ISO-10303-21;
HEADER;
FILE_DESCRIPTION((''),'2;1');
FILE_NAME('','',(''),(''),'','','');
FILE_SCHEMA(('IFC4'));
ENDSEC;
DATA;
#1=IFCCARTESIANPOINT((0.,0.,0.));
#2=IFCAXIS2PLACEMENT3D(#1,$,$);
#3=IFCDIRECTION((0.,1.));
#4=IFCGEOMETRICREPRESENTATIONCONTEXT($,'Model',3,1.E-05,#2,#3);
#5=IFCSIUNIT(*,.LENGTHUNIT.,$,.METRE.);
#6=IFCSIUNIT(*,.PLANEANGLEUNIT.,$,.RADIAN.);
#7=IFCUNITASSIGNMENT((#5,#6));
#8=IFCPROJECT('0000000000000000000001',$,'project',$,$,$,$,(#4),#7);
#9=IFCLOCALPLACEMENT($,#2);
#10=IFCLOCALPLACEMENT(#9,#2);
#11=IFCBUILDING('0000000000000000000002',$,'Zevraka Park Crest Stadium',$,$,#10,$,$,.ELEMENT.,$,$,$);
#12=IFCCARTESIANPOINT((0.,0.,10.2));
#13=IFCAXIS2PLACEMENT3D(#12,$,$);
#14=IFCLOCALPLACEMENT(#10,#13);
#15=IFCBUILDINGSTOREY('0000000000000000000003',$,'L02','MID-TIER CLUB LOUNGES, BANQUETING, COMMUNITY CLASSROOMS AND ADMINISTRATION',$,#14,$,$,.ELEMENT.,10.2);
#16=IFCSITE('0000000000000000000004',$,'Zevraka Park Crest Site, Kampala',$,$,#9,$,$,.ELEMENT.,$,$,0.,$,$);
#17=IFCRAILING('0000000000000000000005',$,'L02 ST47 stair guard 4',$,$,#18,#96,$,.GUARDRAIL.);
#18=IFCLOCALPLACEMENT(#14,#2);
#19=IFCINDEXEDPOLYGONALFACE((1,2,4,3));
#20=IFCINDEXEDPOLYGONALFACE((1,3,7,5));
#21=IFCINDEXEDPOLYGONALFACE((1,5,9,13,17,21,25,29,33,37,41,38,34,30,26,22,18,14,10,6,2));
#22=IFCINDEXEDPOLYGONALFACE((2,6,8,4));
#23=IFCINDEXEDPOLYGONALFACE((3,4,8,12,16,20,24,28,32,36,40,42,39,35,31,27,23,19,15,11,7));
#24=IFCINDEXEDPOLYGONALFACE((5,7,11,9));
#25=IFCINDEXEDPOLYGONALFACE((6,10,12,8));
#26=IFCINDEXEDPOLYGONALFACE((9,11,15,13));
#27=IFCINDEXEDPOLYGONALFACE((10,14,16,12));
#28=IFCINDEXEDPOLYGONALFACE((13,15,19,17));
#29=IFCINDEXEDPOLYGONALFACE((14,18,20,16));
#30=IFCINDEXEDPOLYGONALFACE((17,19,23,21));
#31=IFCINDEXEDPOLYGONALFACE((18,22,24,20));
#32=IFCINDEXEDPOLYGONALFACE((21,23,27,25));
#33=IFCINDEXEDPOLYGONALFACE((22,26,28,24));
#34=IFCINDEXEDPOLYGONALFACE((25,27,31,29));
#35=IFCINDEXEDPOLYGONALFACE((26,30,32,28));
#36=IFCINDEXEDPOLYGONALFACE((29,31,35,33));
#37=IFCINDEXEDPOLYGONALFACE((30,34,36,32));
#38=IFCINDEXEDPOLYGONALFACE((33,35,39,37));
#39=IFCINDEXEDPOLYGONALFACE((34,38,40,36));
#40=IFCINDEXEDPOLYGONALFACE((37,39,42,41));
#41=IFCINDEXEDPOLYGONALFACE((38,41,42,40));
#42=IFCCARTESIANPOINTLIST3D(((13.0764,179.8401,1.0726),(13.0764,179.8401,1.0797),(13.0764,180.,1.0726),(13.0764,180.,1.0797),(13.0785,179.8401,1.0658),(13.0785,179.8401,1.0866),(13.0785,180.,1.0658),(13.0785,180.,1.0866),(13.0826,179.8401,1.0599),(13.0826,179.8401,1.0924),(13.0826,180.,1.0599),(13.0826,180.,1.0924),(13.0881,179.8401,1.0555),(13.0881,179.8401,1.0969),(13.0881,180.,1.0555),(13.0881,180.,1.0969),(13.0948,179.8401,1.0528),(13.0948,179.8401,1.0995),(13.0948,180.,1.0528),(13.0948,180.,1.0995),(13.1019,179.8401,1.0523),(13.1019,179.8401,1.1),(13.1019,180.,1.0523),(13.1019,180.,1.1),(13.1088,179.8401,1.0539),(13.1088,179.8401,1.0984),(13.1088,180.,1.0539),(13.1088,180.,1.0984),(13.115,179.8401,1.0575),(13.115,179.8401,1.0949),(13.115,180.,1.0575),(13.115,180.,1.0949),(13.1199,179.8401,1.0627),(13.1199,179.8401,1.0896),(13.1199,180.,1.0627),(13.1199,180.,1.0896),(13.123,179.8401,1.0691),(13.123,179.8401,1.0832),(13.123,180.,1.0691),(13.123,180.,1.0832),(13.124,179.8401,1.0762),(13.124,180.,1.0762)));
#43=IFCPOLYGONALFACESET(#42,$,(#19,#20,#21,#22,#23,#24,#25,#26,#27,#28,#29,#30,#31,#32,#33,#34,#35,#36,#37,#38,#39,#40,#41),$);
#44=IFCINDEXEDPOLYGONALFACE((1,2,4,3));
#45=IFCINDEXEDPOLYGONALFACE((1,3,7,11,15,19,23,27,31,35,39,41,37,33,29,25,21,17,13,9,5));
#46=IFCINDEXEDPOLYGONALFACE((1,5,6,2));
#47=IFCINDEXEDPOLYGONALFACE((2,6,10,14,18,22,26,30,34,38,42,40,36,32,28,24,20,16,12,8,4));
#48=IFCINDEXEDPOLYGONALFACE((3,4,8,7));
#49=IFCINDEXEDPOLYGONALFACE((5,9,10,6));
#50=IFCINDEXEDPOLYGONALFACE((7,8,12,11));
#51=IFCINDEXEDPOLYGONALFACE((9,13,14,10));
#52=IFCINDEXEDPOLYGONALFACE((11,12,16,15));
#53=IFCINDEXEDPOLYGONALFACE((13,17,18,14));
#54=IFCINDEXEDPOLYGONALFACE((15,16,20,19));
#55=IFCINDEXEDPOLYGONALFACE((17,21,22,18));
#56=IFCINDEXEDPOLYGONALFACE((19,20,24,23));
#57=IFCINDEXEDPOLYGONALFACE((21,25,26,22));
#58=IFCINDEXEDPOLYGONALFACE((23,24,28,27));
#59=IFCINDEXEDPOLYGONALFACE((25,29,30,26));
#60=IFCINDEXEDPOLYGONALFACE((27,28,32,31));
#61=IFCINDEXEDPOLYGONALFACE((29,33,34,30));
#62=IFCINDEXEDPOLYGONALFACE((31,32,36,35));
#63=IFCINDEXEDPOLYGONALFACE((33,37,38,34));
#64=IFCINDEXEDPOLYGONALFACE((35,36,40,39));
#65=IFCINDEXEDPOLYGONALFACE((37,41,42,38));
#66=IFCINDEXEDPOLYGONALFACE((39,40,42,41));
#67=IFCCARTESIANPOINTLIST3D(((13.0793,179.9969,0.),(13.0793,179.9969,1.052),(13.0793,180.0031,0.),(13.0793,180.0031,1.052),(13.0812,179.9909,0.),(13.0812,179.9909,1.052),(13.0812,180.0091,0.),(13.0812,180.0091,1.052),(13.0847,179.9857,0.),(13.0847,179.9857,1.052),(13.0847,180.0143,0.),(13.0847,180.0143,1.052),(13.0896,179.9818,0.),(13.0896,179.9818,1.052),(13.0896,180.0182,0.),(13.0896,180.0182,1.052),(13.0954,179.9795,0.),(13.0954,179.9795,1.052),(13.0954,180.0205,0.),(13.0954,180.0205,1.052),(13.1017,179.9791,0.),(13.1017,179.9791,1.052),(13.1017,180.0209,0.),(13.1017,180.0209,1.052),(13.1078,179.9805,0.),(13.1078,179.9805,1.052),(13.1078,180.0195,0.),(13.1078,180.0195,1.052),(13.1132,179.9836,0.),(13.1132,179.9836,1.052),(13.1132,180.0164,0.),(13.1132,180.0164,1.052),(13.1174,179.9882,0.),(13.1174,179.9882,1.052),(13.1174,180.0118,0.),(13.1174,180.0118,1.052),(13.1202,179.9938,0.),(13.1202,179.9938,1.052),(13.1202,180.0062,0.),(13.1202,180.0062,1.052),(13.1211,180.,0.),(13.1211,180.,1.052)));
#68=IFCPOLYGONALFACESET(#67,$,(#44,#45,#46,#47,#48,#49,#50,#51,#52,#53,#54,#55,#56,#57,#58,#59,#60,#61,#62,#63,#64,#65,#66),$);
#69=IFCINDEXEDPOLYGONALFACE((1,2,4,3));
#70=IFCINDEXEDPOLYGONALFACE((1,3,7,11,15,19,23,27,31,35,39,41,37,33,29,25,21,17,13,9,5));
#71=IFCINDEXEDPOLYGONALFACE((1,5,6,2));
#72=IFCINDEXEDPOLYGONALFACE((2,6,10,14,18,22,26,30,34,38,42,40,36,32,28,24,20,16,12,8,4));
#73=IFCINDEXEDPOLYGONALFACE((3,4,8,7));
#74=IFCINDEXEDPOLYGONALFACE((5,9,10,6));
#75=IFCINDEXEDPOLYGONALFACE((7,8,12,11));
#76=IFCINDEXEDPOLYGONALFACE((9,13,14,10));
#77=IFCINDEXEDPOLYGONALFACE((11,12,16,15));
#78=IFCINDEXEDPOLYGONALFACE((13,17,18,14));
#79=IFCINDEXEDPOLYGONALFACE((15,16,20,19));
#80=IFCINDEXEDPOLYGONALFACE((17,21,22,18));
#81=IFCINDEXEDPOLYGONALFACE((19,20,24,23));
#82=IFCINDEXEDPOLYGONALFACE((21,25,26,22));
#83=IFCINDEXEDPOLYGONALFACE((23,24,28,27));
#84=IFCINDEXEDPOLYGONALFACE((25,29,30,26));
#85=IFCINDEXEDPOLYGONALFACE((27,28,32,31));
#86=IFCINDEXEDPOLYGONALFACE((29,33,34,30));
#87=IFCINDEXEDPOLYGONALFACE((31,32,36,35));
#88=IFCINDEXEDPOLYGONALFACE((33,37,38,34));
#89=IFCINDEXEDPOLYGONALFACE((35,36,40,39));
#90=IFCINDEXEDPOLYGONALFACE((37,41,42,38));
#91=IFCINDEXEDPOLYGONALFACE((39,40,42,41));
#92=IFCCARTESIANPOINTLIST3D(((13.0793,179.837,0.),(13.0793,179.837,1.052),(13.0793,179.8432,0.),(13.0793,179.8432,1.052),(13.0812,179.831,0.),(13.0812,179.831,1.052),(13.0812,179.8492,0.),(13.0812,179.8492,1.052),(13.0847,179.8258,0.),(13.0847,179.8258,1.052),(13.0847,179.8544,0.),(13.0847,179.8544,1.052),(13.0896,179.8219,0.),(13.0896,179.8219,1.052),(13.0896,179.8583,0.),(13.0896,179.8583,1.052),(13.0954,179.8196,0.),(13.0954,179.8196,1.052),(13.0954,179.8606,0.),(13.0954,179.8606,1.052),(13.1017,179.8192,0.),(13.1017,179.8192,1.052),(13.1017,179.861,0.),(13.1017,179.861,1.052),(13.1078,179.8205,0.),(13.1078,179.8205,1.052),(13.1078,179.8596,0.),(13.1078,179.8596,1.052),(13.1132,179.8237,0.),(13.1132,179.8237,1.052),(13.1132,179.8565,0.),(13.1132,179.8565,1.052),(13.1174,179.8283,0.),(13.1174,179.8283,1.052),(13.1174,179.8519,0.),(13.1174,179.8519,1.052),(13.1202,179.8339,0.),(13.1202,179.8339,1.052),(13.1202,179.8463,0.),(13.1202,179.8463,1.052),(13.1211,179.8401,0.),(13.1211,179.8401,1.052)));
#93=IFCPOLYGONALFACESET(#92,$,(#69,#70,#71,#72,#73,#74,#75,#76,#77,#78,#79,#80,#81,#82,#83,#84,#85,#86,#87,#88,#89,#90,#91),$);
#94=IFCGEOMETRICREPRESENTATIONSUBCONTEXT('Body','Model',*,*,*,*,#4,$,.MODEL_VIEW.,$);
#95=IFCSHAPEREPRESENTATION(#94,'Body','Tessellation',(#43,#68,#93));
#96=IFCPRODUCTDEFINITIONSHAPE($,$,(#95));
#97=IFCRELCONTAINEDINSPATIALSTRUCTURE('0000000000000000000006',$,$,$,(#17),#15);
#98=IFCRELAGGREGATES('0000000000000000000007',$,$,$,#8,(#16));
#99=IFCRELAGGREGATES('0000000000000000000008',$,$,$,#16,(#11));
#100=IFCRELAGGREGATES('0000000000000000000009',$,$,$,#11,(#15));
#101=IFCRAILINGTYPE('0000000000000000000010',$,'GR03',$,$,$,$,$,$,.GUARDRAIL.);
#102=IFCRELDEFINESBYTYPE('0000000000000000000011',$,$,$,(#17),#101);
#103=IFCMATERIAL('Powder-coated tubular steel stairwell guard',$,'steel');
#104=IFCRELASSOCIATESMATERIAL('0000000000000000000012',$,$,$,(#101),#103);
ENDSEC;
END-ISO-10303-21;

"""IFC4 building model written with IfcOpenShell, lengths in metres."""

from ifc_helpers import new_model, si_unit, direction, frame, origin, origin_2d, place, context, subcontext, project, spatial, circle, extrude, material, type_object, element, save


model = new_model("IFC4")

# Units and contexts
model_context = context("Model", 3, precision=1e-05, world=origin(), true_north=direction((0.0, 1.0)))
body_context = subcontext(model_context, "Body", "Model", "MODEL_VIEW")
ifc_project = project(units=[si_unit("LENGTHUNIT", "METRE"), si_unit("PLANEANGLEUNIT", "RADIAN")], contexts=[model_context])

# Site, building, storey
site_placement = place(None, origin())
site = spatial("IfcSite", under=ifc_project, at=site_placement, Name="Zevraka Park Crest Site, Kampala", CompositionType="ELEMENT", RefElevation=0.0)
building_placement = place(site_placement, origin())
building = spatial("IfcBuilding", under=site, at=building_placement, Name="Zevraka Park Crest Stadium", CompositionType="ELEMENT")
storey_placement = place(building_placement, frame((0.0, 0.0, 10.2)))
storey = spatial("IfcBuildingStorey", under=building, at=storey_placement, Name="L02", Description="MID-TIER CLUB LOUNGES, BANQUETING, COMMUNITY CLASSROOMS AND ADMINISTRATION", CompositionType="ELEMENT", Elevation=10.2)

# Railing
ifc_material_1 = material(Name="Powder-coated tubular steel stairwell guard", Category="steel")
railing_type_1 = type_object("IfcRailingType", Name="GR03", PredefinedType="GUARDRAIL", material=ifc_material_1)
railing_1_placement = place(storey_placement, frame((13.1001, 180.0, 0.0)))
element("IfcRailing", 1, at=railing_1_placement, inside=storey, type_object=railing_type_1, Name="L02 ST47 stair guard 4", PredefinedType="GUARDRAIL", context=body_context, shape_type="SweptSolid", body=[
    extrude(circle(Radius=0.0239, at=origin_2d()), frame((0.0, 0.0, 1.0762), z_axis=(0.0, -1.0, 0.0), x_axis=(1.0, 0.0, 0.0)), (0.0, 0.0, 1.0), 0.1599),
    extrude(circle(Radius=0.021, at=origin_2d()), origin(), (0.0, 0.0, 1.0), 1.052),
    extrude(circle(Radius=0.021, at=origin_2d()), frame((0.0, -0.1599, 0.0)), (0.0, 0.0, 1.0), 1.052),
])

save(model, "model.ifc")
